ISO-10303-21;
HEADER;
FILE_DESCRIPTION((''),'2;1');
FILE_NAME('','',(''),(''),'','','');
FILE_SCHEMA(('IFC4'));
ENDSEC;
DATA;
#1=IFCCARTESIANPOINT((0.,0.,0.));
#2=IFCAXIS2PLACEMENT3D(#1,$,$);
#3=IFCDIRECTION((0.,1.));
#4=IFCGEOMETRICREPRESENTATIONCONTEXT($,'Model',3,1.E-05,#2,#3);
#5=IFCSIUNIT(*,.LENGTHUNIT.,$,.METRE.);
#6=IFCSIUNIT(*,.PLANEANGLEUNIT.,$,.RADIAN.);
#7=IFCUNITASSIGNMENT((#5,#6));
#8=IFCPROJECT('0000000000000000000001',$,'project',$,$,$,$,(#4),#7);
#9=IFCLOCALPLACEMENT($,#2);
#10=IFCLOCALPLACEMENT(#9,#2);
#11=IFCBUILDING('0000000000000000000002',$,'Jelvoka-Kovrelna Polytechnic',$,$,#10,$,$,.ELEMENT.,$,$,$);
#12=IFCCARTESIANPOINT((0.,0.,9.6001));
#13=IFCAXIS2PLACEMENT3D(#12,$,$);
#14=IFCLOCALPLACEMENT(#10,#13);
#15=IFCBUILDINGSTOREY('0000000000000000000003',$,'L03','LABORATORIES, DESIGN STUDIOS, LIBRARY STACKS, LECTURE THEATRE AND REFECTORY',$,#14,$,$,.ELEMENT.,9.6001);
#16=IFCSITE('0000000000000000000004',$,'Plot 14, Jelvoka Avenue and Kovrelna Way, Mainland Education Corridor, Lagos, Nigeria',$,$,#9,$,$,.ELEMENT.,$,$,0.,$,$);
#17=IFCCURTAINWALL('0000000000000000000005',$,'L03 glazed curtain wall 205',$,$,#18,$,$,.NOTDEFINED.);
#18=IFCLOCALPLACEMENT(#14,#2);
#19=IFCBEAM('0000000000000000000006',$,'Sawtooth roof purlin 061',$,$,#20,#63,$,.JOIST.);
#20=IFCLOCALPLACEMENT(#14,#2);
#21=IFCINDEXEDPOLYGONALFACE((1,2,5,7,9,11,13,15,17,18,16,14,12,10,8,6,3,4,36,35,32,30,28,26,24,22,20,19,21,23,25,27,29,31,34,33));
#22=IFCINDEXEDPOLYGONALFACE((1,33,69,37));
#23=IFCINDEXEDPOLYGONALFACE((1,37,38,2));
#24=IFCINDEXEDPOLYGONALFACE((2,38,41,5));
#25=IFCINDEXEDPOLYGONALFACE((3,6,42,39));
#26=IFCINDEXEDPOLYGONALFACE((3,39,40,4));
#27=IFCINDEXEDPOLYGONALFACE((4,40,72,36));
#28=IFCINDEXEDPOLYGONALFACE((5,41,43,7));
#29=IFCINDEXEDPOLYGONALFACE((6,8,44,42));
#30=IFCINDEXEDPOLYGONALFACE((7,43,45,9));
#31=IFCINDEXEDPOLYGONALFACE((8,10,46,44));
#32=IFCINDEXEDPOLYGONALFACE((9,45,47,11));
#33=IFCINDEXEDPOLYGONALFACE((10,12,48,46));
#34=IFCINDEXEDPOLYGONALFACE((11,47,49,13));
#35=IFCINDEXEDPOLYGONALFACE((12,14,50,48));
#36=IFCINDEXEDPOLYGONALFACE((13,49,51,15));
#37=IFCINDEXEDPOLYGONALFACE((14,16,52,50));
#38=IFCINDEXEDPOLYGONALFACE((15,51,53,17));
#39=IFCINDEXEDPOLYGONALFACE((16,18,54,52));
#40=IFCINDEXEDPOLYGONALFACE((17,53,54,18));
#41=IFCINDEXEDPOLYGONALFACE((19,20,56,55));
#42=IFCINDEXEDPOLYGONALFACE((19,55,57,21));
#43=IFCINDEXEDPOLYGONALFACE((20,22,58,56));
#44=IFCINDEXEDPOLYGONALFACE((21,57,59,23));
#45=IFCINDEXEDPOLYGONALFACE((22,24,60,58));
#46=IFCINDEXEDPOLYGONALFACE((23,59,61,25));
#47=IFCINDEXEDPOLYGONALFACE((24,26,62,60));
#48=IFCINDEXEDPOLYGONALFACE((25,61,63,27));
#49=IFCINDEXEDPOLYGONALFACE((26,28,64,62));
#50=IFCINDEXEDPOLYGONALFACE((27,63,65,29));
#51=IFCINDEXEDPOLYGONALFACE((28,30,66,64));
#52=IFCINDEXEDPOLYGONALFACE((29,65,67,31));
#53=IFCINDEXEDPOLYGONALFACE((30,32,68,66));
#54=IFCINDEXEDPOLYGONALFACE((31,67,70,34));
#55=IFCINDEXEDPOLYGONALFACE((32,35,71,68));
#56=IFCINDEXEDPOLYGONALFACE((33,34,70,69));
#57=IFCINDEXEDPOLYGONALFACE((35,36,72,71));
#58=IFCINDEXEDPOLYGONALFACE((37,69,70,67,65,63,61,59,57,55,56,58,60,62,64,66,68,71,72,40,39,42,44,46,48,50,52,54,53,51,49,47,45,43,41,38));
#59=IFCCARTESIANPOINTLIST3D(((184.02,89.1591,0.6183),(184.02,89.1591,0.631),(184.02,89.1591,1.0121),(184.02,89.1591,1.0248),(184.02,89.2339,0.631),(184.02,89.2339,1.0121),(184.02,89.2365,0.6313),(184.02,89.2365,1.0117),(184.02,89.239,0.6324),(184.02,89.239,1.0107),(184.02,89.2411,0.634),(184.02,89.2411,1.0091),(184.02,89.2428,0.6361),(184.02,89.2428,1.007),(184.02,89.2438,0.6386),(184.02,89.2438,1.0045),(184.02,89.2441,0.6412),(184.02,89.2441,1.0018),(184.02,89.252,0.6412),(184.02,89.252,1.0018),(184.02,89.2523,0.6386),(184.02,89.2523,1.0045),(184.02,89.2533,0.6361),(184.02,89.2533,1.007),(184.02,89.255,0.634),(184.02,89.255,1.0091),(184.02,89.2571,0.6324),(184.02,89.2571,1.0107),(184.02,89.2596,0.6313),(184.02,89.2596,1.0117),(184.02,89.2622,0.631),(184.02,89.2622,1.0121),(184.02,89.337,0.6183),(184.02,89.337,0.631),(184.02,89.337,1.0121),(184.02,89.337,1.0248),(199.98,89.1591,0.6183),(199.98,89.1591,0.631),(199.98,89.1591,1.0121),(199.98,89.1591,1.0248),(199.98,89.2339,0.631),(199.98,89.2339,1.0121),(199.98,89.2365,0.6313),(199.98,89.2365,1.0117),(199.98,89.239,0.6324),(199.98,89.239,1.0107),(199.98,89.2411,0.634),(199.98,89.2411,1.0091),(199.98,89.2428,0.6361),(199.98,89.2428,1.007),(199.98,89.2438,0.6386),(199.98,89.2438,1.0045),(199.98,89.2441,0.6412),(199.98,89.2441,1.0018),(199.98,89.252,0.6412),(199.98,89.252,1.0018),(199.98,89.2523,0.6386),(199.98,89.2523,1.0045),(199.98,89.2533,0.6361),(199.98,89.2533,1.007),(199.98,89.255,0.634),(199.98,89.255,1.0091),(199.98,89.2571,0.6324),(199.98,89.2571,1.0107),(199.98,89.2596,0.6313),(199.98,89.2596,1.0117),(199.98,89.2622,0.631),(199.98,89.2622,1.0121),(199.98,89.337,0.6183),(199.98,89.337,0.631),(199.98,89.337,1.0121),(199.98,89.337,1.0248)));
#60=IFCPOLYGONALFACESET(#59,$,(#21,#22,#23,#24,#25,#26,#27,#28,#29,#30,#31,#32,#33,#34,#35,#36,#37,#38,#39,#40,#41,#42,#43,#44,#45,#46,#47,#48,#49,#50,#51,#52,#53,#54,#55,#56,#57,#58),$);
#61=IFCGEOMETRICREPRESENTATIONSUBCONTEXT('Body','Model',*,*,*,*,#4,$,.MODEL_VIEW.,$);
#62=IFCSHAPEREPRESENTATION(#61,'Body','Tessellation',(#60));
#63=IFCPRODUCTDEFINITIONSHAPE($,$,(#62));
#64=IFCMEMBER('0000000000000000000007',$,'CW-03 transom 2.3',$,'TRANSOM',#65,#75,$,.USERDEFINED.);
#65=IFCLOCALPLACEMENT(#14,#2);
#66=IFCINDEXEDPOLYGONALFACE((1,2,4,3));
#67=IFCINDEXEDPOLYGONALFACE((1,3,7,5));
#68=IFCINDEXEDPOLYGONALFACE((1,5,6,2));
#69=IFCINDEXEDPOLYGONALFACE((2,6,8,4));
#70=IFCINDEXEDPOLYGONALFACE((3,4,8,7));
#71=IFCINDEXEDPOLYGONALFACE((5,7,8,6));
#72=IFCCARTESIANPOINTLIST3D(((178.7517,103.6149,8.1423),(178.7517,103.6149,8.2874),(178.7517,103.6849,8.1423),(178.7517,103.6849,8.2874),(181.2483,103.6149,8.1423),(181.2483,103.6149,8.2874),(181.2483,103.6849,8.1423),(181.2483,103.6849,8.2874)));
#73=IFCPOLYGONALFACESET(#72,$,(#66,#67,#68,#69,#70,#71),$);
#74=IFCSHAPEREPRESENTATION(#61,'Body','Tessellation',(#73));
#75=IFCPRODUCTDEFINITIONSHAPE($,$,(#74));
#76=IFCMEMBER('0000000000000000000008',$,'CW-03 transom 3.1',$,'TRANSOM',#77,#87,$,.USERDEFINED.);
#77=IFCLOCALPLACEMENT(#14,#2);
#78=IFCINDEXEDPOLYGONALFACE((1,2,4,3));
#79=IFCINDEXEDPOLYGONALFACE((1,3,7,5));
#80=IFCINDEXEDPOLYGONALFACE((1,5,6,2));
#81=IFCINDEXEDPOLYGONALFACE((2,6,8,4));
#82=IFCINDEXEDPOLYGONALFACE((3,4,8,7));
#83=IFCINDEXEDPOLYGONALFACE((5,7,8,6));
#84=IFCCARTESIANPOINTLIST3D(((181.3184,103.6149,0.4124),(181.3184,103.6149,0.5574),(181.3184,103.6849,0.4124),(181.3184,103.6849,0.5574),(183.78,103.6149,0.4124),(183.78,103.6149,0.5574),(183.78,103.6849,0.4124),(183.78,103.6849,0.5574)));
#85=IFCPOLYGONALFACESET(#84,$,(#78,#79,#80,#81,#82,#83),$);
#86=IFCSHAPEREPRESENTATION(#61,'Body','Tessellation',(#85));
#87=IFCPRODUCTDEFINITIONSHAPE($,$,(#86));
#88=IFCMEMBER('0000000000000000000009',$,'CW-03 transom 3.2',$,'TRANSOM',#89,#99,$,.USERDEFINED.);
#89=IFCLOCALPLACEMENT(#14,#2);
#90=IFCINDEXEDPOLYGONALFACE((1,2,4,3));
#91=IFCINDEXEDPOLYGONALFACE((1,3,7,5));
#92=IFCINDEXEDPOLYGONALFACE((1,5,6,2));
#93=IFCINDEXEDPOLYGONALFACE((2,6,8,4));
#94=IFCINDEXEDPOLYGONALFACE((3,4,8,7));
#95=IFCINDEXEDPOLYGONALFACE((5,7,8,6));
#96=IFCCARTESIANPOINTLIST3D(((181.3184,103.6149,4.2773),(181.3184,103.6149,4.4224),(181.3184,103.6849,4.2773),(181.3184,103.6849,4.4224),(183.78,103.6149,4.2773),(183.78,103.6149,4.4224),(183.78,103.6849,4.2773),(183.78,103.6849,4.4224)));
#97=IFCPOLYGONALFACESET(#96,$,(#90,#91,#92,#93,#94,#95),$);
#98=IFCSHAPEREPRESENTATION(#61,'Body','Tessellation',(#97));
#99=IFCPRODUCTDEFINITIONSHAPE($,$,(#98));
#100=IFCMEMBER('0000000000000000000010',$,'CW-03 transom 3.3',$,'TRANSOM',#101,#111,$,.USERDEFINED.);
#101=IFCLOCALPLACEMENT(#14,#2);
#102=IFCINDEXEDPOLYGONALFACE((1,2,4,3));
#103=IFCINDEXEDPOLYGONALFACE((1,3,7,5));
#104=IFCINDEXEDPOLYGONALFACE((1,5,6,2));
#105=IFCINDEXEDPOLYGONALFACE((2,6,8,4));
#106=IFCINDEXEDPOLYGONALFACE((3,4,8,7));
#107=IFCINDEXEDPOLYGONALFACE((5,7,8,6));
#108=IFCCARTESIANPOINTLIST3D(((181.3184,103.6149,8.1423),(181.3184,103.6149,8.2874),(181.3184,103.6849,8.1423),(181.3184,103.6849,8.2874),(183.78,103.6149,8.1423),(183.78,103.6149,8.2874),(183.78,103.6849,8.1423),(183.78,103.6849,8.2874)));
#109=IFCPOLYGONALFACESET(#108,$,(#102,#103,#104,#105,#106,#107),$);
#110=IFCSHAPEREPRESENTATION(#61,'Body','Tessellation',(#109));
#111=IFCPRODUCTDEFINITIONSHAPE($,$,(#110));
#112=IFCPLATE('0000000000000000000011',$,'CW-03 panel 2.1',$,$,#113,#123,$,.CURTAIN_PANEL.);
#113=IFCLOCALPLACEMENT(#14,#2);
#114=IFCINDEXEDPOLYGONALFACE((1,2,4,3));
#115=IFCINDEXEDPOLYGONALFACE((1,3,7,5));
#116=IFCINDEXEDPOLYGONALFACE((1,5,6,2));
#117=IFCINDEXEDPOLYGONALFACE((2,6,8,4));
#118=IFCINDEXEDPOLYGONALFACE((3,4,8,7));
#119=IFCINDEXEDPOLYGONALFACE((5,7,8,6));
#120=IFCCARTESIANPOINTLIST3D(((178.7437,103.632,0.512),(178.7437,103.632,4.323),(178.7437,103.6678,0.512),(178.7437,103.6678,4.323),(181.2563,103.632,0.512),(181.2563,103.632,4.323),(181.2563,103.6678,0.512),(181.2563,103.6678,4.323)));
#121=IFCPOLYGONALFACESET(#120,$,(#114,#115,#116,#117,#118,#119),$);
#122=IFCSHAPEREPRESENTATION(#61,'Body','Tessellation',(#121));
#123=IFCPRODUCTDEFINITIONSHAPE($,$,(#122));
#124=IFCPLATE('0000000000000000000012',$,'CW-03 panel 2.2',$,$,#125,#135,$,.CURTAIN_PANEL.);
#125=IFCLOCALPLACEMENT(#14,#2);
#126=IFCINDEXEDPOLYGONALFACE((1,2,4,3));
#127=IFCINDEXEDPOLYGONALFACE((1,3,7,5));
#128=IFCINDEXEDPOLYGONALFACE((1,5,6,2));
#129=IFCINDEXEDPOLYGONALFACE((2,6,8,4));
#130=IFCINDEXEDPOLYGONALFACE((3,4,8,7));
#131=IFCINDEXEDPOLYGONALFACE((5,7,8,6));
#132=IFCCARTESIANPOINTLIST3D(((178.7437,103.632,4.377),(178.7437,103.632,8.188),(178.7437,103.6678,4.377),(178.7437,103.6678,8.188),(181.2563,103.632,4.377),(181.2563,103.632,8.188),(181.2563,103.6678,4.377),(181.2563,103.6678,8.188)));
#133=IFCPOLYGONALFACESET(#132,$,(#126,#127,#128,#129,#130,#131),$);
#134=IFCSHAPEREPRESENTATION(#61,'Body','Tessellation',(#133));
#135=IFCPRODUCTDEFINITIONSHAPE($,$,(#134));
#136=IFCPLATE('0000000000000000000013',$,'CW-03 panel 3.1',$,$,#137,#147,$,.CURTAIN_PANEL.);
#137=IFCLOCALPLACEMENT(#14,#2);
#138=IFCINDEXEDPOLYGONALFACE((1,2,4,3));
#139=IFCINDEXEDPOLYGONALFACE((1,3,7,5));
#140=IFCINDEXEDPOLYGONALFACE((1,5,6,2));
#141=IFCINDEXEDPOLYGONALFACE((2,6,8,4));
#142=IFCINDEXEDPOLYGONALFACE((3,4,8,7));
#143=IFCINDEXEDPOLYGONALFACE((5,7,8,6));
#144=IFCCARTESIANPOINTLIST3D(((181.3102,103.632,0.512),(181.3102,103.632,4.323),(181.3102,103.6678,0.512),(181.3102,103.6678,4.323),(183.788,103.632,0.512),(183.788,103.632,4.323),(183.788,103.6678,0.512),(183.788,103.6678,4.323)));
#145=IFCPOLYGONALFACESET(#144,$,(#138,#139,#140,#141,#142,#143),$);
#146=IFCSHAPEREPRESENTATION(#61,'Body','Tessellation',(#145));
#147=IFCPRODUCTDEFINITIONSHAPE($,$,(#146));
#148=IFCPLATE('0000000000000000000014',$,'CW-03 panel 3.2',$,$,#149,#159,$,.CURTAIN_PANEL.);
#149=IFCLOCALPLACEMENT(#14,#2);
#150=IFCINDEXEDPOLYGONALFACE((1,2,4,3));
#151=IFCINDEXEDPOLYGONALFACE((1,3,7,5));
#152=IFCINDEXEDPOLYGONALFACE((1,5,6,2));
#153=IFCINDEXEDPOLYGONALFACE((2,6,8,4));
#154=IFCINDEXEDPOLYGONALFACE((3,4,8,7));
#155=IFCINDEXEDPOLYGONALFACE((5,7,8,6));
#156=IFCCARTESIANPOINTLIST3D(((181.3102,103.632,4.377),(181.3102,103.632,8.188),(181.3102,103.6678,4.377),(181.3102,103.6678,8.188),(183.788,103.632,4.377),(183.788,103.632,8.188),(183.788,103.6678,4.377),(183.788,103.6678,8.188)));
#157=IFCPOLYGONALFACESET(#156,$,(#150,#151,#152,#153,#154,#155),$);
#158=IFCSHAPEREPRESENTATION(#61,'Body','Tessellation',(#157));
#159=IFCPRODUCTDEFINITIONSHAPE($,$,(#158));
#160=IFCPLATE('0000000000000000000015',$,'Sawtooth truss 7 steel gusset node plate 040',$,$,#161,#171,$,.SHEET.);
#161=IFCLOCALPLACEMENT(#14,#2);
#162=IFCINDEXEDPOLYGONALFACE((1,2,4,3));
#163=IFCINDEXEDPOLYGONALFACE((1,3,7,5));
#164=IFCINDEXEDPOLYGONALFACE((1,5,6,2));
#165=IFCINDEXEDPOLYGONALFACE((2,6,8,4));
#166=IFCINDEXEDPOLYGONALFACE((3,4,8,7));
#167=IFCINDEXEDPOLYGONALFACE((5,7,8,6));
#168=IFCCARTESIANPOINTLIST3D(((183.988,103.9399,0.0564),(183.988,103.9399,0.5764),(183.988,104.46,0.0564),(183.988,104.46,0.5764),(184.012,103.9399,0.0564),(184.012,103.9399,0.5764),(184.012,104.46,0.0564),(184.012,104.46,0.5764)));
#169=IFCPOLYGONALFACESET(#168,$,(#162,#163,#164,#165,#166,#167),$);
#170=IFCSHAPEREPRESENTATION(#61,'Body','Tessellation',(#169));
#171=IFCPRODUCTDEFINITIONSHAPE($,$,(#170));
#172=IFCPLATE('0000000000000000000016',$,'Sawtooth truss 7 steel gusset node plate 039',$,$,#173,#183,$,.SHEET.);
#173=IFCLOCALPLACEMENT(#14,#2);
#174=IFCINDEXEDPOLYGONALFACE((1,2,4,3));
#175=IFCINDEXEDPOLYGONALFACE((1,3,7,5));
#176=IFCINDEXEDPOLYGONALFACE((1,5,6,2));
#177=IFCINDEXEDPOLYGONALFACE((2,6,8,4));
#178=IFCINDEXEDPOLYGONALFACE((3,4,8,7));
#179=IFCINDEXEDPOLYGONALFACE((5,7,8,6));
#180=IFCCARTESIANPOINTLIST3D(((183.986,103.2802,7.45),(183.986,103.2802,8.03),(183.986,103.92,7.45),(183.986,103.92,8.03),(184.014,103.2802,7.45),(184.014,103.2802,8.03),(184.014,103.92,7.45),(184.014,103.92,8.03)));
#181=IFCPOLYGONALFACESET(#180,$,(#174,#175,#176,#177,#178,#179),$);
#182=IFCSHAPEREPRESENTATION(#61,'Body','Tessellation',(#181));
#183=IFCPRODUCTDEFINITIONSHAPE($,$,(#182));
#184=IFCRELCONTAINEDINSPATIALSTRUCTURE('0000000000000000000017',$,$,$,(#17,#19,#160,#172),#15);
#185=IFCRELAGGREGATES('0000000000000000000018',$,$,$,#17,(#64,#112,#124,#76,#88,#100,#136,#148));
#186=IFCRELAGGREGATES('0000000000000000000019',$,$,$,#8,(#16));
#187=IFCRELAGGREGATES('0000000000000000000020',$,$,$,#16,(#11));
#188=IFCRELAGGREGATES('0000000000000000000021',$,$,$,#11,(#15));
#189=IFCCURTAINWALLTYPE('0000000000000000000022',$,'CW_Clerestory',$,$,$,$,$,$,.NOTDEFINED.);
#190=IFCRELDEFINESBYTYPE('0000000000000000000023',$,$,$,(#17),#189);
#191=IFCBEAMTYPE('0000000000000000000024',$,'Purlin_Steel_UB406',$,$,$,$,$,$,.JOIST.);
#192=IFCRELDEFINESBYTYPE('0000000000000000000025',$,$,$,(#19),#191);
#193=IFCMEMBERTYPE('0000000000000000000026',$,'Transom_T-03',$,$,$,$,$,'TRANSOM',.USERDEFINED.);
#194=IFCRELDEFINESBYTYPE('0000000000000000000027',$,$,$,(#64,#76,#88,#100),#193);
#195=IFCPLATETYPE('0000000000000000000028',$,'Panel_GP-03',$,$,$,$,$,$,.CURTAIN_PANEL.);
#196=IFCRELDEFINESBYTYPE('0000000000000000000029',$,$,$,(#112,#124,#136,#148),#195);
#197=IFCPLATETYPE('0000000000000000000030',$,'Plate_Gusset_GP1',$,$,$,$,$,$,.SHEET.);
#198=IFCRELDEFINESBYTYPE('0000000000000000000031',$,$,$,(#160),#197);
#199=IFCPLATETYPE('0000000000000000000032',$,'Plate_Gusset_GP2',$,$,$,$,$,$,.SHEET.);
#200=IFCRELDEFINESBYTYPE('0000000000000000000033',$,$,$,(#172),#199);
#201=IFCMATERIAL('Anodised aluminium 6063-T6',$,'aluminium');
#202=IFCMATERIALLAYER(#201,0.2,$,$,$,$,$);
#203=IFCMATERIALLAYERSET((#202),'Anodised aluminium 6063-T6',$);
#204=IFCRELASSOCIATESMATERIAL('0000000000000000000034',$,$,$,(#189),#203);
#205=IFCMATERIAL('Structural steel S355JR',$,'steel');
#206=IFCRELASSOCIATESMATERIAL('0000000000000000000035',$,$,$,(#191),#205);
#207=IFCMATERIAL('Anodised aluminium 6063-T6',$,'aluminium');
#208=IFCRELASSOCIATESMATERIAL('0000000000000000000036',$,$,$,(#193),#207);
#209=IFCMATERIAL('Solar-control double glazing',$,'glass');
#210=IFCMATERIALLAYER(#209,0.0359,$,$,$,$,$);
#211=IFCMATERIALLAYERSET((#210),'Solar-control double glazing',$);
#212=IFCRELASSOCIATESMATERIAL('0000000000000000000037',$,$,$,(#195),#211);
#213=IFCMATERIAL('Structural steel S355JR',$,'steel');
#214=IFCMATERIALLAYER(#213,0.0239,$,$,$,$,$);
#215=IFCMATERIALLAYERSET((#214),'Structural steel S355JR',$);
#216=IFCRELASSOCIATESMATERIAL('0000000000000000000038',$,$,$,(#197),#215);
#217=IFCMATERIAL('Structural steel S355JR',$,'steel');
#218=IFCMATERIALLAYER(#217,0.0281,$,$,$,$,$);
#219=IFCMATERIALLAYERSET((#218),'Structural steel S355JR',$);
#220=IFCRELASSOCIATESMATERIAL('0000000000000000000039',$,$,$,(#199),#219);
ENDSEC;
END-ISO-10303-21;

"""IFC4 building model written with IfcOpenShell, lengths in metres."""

from ifc_helpers import new_model, si_unit, direction, frame, origin, origin_2d, place, context, subcontext, project, spatial, rectangle, i_section, extrude, material, layer, layer_set, material_profile, profile_set, type_object, element, aggregate, save


model = new_model("IFC4")

# Units and contexts
model_context = context("Model", 3, precision=1e-05, world=origin(), true_north=direction((0.0, 1.0)))
body_context = subcontext(model_context, "Body", "Model", "MODEL_VIEW")
ifc_project = project(units=[si_unit("LENGTHUNIT", "METRE"), si_unit("PLANEANGLEUNIT", "RADIAN")], contexts=[model_context])

# Site, building, storey
site_placement = place(None, origin())
site = spatial("IfcSite", under=ifc_project, at=site_placement, Name="Plot 14, Jelvoka Avenue and Kovrelna Way, Mainland Education Corridor, Lagos, Nigeria", CompositionType="ELEMENT", RefElevation=0.0)
building_placement = place(site_placement, origin())
building = spatial("IfcBuilding", under=site, at=building_placement, Name="Jelvoka-Kovrelna Polytechnic", CompositionType="ELEMENT")
storey_placement = place(building_placement, frame((0.0, 0.0, 9.6001)))
storey = spatial("IfcBuildingStorey", under=building, at=storey_placement, Name="L03", Description="LABORATORIES, DESIGN STUDIOS, LIBRARY STACKS, LECTURE THEATRE AND REFECTORY", CompositionType="ELEMENT", Elevation=9.6001)

# Curtain wall
ifc_material_1 = material(Name="Anodised aluminium 6063-T6", Category="aluminium")
ifc_layer_1 = layer(ifc_material_1, 0.2)
ifc_layer_set_1 = layer_set([ifc_layer_1], Name="Anodised aluminium 6063-T6")
curtain_wall_type = type_object("IfcCurtainWallType", Name="CW_Clerestory", PredefinedType="NOTDEFINED", material=ifc_layer_set_1)
curtain_wall_placement = place(storey_placement, origin())
curtain_wall = element("IfcCurtainWall", 1, at=curtain_wall_placement, inside=storey, type_object=curtain_wall_type, Name="L03 glazed curtain wall 205", PredefinedType="NOTDEFINED")

# Beam
ifc_material_2 = material(Name="Structural steel S355JR", Category="steel")
ifc_material_profile_1 = material_profile(ifc_material_2, i_section(OverallWidth=0.178, OverallDepth=0.4065, WebThickness=0.0078, FlangeThickness=0.0127, FilletRadius=0.0103, at=origin_2d()), Name="406x178x60 UB")
ifc_profile_set_1 = profile_set([ifc_material_profile_1], Name="Structural steel S355JR")
beam_type_1 = type_object("IfcBeamType", Name="Purlin_Steel_UB406", PredefinedType="JOIST", material=ifc_profile_set_1)
beam_1_placement = place(storey_placement, frame((184.02, 89.248, 0.8215), z_axis=(1.0, 0.0, 0.0), x_axis=(0.0, 1.0, 0.0)))
element("IfcBeam", 2, at=beam_1_placement, inside=storey, type_object=beam_type_1, Name="Sawtooth roof purlin 061", PredefinedType="JOIST", context=body_context, shape_type="SweptSolid", body=[
    extrude(i_section(OverallWidth=0.178, OverallDepth=0.4065, WebThickness=0.0078, FlangeThickness=0.0127, FilletRadius=0.0103, at=origin_2d()), origin(), (0.0, 0.0, 1.0), 15.96),
])

# Members
ifc_material_3 = material(Name="Anodised aluminium 6063-T6", Category="aluminium")
ifc_material_profile_2 = material_profile(ifc_material_3, rectangle(XDim=0.0701, YDim=0.145, at=origin_2d()), Name="ALU 70x145")
ifc_profile_set_2 = profile_set([ifc_material_profile_2], Name="Anodised aluminium 6063-T6")
member_type_1 = type_object("IfcMemberType", Name="Transom_T-03", ElementType="TRANSOM", PredefinedType="USERDEFINED", material=ifc_profile_set_2)
member_1_placement = place(storey_placement, frame((178.7517, 103.6499, 8.2148), z_axis=(1.0, 0.0, 0.0), x_axis=(0.0, 1.0, 0.0)))
member_1 = element("IfcMember", 3, at=member_1_placement, type_object=member_type_1, Name="CW-03 transom 2.3", ObjectType="TRANSOM", PredefinedType="USERDEFINED", context=body_context, shape_type="SweptSolid", body=[
    extrude(rectangle(XDim=0.0701, YDim=0.145, at=origin_2d()), origin(), (0.0, 0.0, 1.0), 2.4966),
])
member_2_placement = place(storey_placement, frame((181.3184, 103.6499, 0.4849), z_axis=(1.0, 0.0, 0.0), x_axis=(0.0, 1.0, 0.0)))
member_2 = element("IfcMember", 4, at=member_2_placement, type_object=member_type_1, Name="CW-03 transom 3.1", ObjectType="TRANSOM", PredefinedType="USERDEFINED", context=body_context, shape_type="SweptSolid", body=[
    extrude(rectangle(XDim=0.0701, YDim=0.145, at=origin_2d()), origin(), (0.0, 0.0, 1.0), 2.4617),
])
member_3_placement = place(storey_placement, frame((181.3184, 103.6499, 4.3499), z_axis=(1.0, 0.0, 0.0), x_axis=(0.0, 1.0, 0.0)))
member_3 = element("IfcMember", 5, at=member_3_placement, type_object=member_type_1, Name="CW-03 transom 3.2", ObjectType="TRANSOM", PredefinedType="USERDEFINED", context=body_context, shape_type="SweptSolid", body=[
    extrude(rectangle(XDim=0.0701, YDim=0.145, at=origin_2d()), origin(), (0.0, 0.0, 1.0), 2.4617),
])
member_4_placement = place(storey_placement, frame((181.3184, 103.6499, 8.2148), z_axis=(1.0, 0.0, 0.0), x_axis=(0.0, 1.0, 0.0)))
member_4 = element("IfcMember", 6, at=member_4_placement, type_object=member_type_1, Name="CW-03 transom 3.3", ObjectType="TRANSOM", PredefinedType="USERDEFINED", context=body_context, shape_type="SweptSolid", body=[
    extrude(rectangle(XDim=0.0701, YDim=0.145, at=origin_2d()), origin(), (0.0, 0.0, 1.0), 2.4617),
])

# Plates
ifc_material_4 = material(Name="Solar-control double glazing", Category="glass")
ifc_layer_2 = layer(ifc_material_4, 0.0359)
ifc_layer_set_2 = layer_set([ifc_layer_2], Name="Solar-control double glazing")
plate_type_1 = type_object("IfcPlateType", Name="Panel_GP-03", PredefinedType="CURTAIN_PANEL", material=ifc_layer_set_2)
plate_1_placement = place(storey_placement, frame((180.0, 103.6499, 0.512), z_axis=(0.0, 0.0, 1.0), x_axis=(1.0, 0.0, 0.0)))
plate_1 = element("IfcPlate", 7, at=plate_1_placement, type_object=plate_type_1, Name="CW-03 panel 2.1", PredefinedType="CURTAIN_PANEL", context=body_context, shape_type="SweptSolid", body=[
    extrude(rectangle(XDim=2.5127, YDim=0.0359, at=origin_2d()), origin(), (0.0, 0.0, 1.0), 3.811),
])
plate_2_placement = place(storey_placement, frame((180.0, 103.6499, 4.377), z_axis=(0.0, 0.0, 1.0), x_axis=(1.0, 0.0, 0.0)))
plate_2 = element("IfcPlate", 8, at=plate_2_placement, type_object=plate_type_1, Name="CW-03 panel 2.2", PredefinedType="CURTAIN_PANEL", context=body_context, shape_type="SweptSolid", body=[
    extrude(rectangle(XDim=2.5127, YDim=0.0359, at=origin_2d()), origin(), (0.0, 0.0, 1.0), 3.811),
])
plate_3_placement = place(storey_placement, frame((182.5491, 103.6499, 0.512), z_axis=(0.0, 0.0, 1.0), x_axis=(1.0, 0.0, 0.0)))
plate_3 = element("IfcPlate", 9, at=plate_3_placement, type_object=plate_type_1, Name="CW-03 panel 3.1", PredefinedType="CURTAIN_PANEL", context=body_context, shape_type="SweptSolid", body=[
    extrude(rectangle(XDim=2.4778, YDim=0.0359, at=origin_2d()), origin(), (0.0, 0.0, 1.0), 3.811),
])
plate_4_placement = place(storey_placement, frame((182.5491, 103.6499, 4.377), z_axis=(0.0, 0.0, 1.0), x_axis=(1.0, 0.0, 0.0)))
plate_4 = element("IfcPlate", 10, at=plate_4_placement, type_object=plate_type_1, Name="CW-03 panel 3.2", PredefinedType="CURTAIN_PANEL", context=body_context, shape_type="SweptSolid", body=[
    extrude(rectangle(XDim=2.4778, YDim=0.0359, at=origin_2d()), origin(), (0.0, 0.0, 1.0), 3.811),
])
aggregate(curtain_wall, [member_1, plate_1, plate_2, member_2, member_3, member_4, plate_3, plate_4])

# Plates
ifc_material_5 = material(Name="Structural steel S355JR", Category="steel")
ifc_layer_3 = layer(ifc_material_5, 0.0239)
ifc_layer_set_3 = layer_set([ifc_layer_3], Name="Structural steel S355JR")
plate_type_2 = type_object("IfcPlateType", Name="Plate_Gusset_GP1", PredefinedType="SHEET", material=ifc_layer_set_3)
plate_5_placement = place(storey_placement, frame((184.0, 104.2, 0.0564), z_axis=(0.0, 0.0, 1.0), x_axis=(0.0, 1.0, 0.0)))
element("IfcPlate", 11, at=plate_5_placement, inside=storey, type_object=plate_type_2, Name="Sawtooth truss 7 steel gusset node plate 040", PredefinedType="SHEET", context=body_context, shape_type="SweptSolid", body=[
    extrude(rectangle(XDim=0.52, YDim=0.0239, at=origin_2d()), origin(), (0.0, 0.0, 1.0), 0.52),
])
ifc_material_6 = material(Name="Structural steel S355JR", Category="steel")
ifc_layer_4 = layer(ifc_material_6, 0.0281)
ifc_layer_set_4 = layer_set([ifc_layer_4], Name="Structural steel S355JR")
plate_type_3 = type_object("IfcPlateType", Name="Plate_Gusset_GP2", PredefinedType="SHEET", material=ifc_layer_set_4)
plate_6_placement = place(storey_placement, frame((184.0, 103.6001, 7.45), z_axis=(0.0, 0.0, 1.0), x_axis=(0.0, 1.0, 0.0)))
element("IfcPlate", 12, at=plate_6_placement, inside=storey, type_object=plate_type_3, Name="Sawtooth truss 7 steel gusset node plate 039", PredefinedType="SHEET", context=body_context, shape_type="SweptSolid", body=[
    extrude(rectangle(XDim=0.6399, YDim=0.0281, at=origin_2d()), origin(), (0.0, 0.0, 1.0), 0.5801),
])

save(model, "model.ifc")
